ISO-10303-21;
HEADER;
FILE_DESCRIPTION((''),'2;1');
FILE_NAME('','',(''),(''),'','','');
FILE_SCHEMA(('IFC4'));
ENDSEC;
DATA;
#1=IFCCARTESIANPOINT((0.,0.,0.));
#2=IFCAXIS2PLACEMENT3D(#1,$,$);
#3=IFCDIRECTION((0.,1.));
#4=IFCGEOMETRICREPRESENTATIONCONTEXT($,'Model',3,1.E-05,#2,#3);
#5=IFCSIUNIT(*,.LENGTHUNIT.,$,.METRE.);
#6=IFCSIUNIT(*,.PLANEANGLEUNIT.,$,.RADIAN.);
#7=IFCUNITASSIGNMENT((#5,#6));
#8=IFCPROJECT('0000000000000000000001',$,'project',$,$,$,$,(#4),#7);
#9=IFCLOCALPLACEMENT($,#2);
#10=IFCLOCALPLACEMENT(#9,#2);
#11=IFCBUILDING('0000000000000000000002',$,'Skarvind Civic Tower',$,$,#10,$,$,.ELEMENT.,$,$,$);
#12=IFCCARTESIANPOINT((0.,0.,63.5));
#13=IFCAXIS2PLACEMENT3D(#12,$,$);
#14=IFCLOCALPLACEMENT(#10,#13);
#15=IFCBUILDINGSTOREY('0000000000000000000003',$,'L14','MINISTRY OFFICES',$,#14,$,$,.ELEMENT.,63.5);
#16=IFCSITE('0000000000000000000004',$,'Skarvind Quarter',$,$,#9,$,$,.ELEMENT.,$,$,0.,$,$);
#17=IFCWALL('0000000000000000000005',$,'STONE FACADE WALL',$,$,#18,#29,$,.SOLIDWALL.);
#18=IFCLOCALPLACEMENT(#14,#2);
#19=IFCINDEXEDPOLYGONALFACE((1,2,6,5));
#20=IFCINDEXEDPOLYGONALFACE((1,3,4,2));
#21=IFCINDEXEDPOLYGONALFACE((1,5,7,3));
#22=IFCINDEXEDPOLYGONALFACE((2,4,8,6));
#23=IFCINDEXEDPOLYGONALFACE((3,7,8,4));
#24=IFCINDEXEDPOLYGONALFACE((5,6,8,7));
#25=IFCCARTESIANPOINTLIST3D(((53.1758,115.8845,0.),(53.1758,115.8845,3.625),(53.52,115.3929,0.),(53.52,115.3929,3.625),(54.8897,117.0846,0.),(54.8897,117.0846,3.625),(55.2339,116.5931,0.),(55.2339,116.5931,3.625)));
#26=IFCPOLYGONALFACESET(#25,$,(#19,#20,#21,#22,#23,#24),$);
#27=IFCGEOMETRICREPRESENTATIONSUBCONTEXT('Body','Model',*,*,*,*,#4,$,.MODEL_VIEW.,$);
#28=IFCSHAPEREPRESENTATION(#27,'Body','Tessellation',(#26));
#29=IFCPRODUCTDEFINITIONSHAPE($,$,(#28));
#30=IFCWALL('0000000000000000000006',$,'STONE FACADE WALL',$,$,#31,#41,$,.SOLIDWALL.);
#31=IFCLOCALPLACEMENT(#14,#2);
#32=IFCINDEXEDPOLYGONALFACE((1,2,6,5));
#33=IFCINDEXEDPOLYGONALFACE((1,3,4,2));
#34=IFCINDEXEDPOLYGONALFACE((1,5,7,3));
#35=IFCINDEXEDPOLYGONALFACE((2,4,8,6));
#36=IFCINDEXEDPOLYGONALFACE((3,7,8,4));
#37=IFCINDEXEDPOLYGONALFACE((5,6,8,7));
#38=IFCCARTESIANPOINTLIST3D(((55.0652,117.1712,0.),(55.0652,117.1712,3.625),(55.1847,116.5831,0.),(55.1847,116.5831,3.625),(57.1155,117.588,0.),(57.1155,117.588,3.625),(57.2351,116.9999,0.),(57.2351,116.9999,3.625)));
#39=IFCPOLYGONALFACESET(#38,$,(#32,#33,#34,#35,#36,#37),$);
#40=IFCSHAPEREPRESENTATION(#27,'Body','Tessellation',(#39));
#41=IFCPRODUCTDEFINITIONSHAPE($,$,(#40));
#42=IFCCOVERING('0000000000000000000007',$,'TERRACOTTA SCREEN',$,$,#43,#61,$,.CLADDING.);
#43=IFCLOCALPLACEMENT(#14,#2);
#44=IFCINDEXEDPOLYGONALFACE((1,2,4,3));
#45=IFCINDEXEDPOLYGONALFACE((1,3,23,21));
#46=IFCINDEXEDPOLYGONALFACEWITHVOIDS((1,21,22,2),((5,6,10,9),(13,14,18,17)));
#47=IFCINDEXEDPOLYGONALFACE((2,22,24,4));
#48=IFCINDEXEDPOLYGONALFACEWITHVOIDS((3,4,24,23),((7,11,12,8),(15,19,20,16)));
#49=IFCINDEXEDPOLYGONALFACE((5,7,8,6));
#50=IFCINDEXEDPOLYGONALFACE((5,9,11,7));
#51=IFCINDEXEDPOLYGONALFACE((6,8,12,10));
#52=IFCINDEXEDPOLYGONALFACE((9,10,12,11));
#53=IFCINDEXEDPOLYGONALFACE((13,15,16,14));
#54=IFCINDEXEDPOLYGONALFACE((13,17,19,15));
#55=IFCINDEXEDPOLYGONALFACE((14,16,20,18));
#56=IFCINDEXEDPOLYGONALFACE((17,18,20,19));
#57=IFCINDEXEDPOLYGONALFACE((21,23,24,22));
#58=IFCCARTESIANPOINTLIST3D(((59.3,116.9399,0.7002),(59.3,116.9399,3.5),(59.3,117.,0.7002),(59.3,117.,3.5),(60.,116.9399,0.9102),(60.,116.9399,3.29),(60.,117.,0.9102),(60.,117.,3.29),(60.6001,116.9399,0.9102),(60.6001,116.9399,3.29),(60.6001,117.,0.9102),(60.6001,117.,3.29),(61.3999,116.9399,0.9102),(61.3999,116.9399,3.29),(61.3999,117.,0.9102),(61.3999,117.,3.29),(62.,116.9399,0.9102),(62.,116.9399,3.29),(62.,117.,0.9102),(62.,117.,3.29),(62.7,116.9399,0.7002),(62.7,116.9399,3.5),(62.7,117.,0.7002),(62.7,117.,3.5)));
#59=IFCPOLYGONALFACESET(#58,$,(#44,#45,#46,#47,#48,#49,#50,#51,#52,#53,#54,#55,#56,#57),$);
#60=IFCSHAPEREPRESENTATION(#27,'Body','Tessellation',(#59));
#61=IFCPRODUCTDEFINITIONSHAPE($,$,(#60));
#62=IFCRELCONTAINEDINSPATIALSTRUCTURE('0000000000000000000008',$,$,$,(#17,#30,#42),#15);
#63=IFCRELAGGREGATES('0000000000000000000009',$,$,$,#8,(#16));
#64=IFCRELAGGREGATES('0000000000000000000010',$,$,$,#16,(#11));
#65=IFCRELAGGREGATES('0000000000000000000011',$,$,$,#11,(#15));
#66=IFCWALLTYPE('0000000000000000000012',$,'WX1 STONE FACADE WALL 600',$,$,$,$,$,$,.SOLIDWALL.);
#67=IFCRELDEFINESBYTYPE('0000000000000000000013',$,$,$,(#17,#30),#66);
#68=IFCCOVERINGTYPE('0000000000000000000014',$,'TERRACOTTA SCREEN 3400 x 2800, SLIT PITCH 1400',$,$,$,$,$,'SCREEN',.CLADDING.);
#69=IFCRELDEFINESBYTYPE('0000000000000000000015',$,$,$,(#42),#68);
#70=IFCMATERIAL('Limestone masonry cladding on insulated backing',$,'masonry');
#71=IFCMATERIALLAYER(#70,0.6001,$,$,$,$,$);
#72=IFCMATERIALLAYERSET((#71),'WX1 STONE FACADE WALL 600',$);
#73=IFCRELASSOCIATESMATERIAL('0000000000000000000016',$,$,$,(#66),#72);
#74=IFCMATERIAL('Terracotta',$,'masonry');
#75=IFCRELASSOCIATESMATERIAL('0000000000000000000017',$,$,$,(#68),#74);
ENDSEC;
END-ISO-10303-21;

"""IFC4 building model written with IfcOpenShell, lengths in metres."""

from ifc_helpers import new_model, si_unit, direction, frame, frame_2d, origin, place, context, subcontext, project, spatial, polyline, rectangle, outline, extrude, material, layer, layer_set, material_profile, profile_set, type_object, element, save


model = new_model("IFC4")

# Units and contexts
model_context = context("Model", 3, precision=1e-05, world=origin(), true_north=direction((0.0, 1.0)))
body_context = subcontext(model_context, "Body", "Model", "MODEL_VIEW")
ifc_project = project(units=[si_unit("LENGTHUNIT", "METRE"), si_unit("PLANEANGLEUNIT", "RADIAN")], contexts=[model_context])

# Site, building, storey
site_placement = place(None, origin())
site = spatial("IfcSite", under=ifc_project, at=site_placement, Name="Skarvind Quarter", CompositionType="ELEMENT", RefElevation=0.0)
building_placement = place(site_placement, origin())
building = spatial("IfcBuilding", under=site, at=building_placement, Name="Skarvind Civic Tower", CompositionType="ELEMENT")
storey_placement = place(building_placement, frame((0.0, 0.0, 63.5)))
storey = spatial("IfcBuildingStorey", under=building, at=storey_placement, Name="L14", Description="MINISTRY OFFICES", CompositionType="ELEMENT", Elevation=63.5)

# Walls
ifc_material_1 = material(Name="Limestone masonry cladding on insulated backing", Category="masonry")
ifc_layer_1 = layer(ifc_material_1, 0.6001)
ifc_layer_set_1 = layer_set([ifc_layer_1], Name="WX1 STONE FACADE WALL 600")
wall_type_1 = type_object("IfcWallType", Name="WX1 STONE FACADE WALL 600", PredefinedType="SOLIDWALL", material=ifc_layer_set_1)
for number, where, z_axis, x_axis, name in (
    (1, (55.0618, 116.8389, 0.0), (0.0, 0.0, 1.0), (-0.819122, -0.573619, 0.0), "STONE FACADE WALL"),
    (2, (57.1753, 117.2939, 0.0), (0.0, 0.0, 1.0), (-0.979961, -0.199189, 0.0), "STONE FACADE WALL"),
):
    element("IfcWall", number, at=place(storey_placement, frame(where, z_axis=z_axis, x_axis=x_axis)), inside=storey, type_object=wall_type_1, Name=name, PredefinedType="SOLIDWALL", context=body_context, shape_type="SweptSolid", body=[
        extrude(rectangle(XDim=2.0923, YDim=0.6001, at=frame_2d((1.0461, 0.0))), origin(), (0.0, 0.0, 1.0), 3.625),
    ])

# Covering
ifc_material_2 = material(Name="Terracotta", Category="masonry")
ifc_material_profile = material_profile(ifc_material_2, outline(polyline([(-1.7, -1.3999), (1.7, -1.3999), (1.7, 1.3999), (-1.7, 1.3999), (-1.7, -1.3999)]), holes=[polyline([(-1.0, -1.1899), (-0.3999, -1.1899), (-0.3999, 1.1899), (-1.0, 1.1899), (-1.0, -1.1899)]), polyline([(0.3999, -1.1899), (1.0, -1.1899), (1.0, 1.1899), (0.3999, 1.1899), (0.3999, -1.1899)])]), Name="TERRACOTTA SCREEN 3400 x 2800, SLIT PITCH 1400")
ifc_profile_set = profile_set([ifc_material_profile], Name="Terracotta")
covering_type = type_object("IfcCoveringType", Name="TERRACOTTA SCREEN 3400 x 2800, SLIT PITCH 1400", ElementType="SCREEN", PredefinedType="CLADDING", material=ifc_profile_set)
covering_placement = place(storey_placement, frame((61.0, 117.0, 2.1001), z_axis=(0.0, -1.0, 0.0), x_axis=(1.0, 0.0, 0.0)))
element("IfcCovering", 3, at=covering_placement, inside=storey, type_object=covering_type, Name="TERRACOTTA SCREEN", PredefinedType="CLADDING", context=body_context, shape_type="SweptSolid", body=[
    extrude(outline(polyline([(-1.7, -1.3999), (1.7, -1.3999), (1.7, 1.3999), (-1.7, 1.3999), (-1.7, -1.3999)]), holes=[polyline([(-1.0, -1.1899), (-0.3999, -1.1899), (-0.3999, 1.1899), (-1.0, 1.1899), (-1.0, -1.1899)]), polyline([(0.3999, -1.1899), (1.0, -1.1899), (1.0, 1.1899), (0.3999, 1.1899), (0.3999, -1.1899)])]), origin(), (0.0, 0.0, 1.0), 0.0601),
])

save(model, "model.ifc")
